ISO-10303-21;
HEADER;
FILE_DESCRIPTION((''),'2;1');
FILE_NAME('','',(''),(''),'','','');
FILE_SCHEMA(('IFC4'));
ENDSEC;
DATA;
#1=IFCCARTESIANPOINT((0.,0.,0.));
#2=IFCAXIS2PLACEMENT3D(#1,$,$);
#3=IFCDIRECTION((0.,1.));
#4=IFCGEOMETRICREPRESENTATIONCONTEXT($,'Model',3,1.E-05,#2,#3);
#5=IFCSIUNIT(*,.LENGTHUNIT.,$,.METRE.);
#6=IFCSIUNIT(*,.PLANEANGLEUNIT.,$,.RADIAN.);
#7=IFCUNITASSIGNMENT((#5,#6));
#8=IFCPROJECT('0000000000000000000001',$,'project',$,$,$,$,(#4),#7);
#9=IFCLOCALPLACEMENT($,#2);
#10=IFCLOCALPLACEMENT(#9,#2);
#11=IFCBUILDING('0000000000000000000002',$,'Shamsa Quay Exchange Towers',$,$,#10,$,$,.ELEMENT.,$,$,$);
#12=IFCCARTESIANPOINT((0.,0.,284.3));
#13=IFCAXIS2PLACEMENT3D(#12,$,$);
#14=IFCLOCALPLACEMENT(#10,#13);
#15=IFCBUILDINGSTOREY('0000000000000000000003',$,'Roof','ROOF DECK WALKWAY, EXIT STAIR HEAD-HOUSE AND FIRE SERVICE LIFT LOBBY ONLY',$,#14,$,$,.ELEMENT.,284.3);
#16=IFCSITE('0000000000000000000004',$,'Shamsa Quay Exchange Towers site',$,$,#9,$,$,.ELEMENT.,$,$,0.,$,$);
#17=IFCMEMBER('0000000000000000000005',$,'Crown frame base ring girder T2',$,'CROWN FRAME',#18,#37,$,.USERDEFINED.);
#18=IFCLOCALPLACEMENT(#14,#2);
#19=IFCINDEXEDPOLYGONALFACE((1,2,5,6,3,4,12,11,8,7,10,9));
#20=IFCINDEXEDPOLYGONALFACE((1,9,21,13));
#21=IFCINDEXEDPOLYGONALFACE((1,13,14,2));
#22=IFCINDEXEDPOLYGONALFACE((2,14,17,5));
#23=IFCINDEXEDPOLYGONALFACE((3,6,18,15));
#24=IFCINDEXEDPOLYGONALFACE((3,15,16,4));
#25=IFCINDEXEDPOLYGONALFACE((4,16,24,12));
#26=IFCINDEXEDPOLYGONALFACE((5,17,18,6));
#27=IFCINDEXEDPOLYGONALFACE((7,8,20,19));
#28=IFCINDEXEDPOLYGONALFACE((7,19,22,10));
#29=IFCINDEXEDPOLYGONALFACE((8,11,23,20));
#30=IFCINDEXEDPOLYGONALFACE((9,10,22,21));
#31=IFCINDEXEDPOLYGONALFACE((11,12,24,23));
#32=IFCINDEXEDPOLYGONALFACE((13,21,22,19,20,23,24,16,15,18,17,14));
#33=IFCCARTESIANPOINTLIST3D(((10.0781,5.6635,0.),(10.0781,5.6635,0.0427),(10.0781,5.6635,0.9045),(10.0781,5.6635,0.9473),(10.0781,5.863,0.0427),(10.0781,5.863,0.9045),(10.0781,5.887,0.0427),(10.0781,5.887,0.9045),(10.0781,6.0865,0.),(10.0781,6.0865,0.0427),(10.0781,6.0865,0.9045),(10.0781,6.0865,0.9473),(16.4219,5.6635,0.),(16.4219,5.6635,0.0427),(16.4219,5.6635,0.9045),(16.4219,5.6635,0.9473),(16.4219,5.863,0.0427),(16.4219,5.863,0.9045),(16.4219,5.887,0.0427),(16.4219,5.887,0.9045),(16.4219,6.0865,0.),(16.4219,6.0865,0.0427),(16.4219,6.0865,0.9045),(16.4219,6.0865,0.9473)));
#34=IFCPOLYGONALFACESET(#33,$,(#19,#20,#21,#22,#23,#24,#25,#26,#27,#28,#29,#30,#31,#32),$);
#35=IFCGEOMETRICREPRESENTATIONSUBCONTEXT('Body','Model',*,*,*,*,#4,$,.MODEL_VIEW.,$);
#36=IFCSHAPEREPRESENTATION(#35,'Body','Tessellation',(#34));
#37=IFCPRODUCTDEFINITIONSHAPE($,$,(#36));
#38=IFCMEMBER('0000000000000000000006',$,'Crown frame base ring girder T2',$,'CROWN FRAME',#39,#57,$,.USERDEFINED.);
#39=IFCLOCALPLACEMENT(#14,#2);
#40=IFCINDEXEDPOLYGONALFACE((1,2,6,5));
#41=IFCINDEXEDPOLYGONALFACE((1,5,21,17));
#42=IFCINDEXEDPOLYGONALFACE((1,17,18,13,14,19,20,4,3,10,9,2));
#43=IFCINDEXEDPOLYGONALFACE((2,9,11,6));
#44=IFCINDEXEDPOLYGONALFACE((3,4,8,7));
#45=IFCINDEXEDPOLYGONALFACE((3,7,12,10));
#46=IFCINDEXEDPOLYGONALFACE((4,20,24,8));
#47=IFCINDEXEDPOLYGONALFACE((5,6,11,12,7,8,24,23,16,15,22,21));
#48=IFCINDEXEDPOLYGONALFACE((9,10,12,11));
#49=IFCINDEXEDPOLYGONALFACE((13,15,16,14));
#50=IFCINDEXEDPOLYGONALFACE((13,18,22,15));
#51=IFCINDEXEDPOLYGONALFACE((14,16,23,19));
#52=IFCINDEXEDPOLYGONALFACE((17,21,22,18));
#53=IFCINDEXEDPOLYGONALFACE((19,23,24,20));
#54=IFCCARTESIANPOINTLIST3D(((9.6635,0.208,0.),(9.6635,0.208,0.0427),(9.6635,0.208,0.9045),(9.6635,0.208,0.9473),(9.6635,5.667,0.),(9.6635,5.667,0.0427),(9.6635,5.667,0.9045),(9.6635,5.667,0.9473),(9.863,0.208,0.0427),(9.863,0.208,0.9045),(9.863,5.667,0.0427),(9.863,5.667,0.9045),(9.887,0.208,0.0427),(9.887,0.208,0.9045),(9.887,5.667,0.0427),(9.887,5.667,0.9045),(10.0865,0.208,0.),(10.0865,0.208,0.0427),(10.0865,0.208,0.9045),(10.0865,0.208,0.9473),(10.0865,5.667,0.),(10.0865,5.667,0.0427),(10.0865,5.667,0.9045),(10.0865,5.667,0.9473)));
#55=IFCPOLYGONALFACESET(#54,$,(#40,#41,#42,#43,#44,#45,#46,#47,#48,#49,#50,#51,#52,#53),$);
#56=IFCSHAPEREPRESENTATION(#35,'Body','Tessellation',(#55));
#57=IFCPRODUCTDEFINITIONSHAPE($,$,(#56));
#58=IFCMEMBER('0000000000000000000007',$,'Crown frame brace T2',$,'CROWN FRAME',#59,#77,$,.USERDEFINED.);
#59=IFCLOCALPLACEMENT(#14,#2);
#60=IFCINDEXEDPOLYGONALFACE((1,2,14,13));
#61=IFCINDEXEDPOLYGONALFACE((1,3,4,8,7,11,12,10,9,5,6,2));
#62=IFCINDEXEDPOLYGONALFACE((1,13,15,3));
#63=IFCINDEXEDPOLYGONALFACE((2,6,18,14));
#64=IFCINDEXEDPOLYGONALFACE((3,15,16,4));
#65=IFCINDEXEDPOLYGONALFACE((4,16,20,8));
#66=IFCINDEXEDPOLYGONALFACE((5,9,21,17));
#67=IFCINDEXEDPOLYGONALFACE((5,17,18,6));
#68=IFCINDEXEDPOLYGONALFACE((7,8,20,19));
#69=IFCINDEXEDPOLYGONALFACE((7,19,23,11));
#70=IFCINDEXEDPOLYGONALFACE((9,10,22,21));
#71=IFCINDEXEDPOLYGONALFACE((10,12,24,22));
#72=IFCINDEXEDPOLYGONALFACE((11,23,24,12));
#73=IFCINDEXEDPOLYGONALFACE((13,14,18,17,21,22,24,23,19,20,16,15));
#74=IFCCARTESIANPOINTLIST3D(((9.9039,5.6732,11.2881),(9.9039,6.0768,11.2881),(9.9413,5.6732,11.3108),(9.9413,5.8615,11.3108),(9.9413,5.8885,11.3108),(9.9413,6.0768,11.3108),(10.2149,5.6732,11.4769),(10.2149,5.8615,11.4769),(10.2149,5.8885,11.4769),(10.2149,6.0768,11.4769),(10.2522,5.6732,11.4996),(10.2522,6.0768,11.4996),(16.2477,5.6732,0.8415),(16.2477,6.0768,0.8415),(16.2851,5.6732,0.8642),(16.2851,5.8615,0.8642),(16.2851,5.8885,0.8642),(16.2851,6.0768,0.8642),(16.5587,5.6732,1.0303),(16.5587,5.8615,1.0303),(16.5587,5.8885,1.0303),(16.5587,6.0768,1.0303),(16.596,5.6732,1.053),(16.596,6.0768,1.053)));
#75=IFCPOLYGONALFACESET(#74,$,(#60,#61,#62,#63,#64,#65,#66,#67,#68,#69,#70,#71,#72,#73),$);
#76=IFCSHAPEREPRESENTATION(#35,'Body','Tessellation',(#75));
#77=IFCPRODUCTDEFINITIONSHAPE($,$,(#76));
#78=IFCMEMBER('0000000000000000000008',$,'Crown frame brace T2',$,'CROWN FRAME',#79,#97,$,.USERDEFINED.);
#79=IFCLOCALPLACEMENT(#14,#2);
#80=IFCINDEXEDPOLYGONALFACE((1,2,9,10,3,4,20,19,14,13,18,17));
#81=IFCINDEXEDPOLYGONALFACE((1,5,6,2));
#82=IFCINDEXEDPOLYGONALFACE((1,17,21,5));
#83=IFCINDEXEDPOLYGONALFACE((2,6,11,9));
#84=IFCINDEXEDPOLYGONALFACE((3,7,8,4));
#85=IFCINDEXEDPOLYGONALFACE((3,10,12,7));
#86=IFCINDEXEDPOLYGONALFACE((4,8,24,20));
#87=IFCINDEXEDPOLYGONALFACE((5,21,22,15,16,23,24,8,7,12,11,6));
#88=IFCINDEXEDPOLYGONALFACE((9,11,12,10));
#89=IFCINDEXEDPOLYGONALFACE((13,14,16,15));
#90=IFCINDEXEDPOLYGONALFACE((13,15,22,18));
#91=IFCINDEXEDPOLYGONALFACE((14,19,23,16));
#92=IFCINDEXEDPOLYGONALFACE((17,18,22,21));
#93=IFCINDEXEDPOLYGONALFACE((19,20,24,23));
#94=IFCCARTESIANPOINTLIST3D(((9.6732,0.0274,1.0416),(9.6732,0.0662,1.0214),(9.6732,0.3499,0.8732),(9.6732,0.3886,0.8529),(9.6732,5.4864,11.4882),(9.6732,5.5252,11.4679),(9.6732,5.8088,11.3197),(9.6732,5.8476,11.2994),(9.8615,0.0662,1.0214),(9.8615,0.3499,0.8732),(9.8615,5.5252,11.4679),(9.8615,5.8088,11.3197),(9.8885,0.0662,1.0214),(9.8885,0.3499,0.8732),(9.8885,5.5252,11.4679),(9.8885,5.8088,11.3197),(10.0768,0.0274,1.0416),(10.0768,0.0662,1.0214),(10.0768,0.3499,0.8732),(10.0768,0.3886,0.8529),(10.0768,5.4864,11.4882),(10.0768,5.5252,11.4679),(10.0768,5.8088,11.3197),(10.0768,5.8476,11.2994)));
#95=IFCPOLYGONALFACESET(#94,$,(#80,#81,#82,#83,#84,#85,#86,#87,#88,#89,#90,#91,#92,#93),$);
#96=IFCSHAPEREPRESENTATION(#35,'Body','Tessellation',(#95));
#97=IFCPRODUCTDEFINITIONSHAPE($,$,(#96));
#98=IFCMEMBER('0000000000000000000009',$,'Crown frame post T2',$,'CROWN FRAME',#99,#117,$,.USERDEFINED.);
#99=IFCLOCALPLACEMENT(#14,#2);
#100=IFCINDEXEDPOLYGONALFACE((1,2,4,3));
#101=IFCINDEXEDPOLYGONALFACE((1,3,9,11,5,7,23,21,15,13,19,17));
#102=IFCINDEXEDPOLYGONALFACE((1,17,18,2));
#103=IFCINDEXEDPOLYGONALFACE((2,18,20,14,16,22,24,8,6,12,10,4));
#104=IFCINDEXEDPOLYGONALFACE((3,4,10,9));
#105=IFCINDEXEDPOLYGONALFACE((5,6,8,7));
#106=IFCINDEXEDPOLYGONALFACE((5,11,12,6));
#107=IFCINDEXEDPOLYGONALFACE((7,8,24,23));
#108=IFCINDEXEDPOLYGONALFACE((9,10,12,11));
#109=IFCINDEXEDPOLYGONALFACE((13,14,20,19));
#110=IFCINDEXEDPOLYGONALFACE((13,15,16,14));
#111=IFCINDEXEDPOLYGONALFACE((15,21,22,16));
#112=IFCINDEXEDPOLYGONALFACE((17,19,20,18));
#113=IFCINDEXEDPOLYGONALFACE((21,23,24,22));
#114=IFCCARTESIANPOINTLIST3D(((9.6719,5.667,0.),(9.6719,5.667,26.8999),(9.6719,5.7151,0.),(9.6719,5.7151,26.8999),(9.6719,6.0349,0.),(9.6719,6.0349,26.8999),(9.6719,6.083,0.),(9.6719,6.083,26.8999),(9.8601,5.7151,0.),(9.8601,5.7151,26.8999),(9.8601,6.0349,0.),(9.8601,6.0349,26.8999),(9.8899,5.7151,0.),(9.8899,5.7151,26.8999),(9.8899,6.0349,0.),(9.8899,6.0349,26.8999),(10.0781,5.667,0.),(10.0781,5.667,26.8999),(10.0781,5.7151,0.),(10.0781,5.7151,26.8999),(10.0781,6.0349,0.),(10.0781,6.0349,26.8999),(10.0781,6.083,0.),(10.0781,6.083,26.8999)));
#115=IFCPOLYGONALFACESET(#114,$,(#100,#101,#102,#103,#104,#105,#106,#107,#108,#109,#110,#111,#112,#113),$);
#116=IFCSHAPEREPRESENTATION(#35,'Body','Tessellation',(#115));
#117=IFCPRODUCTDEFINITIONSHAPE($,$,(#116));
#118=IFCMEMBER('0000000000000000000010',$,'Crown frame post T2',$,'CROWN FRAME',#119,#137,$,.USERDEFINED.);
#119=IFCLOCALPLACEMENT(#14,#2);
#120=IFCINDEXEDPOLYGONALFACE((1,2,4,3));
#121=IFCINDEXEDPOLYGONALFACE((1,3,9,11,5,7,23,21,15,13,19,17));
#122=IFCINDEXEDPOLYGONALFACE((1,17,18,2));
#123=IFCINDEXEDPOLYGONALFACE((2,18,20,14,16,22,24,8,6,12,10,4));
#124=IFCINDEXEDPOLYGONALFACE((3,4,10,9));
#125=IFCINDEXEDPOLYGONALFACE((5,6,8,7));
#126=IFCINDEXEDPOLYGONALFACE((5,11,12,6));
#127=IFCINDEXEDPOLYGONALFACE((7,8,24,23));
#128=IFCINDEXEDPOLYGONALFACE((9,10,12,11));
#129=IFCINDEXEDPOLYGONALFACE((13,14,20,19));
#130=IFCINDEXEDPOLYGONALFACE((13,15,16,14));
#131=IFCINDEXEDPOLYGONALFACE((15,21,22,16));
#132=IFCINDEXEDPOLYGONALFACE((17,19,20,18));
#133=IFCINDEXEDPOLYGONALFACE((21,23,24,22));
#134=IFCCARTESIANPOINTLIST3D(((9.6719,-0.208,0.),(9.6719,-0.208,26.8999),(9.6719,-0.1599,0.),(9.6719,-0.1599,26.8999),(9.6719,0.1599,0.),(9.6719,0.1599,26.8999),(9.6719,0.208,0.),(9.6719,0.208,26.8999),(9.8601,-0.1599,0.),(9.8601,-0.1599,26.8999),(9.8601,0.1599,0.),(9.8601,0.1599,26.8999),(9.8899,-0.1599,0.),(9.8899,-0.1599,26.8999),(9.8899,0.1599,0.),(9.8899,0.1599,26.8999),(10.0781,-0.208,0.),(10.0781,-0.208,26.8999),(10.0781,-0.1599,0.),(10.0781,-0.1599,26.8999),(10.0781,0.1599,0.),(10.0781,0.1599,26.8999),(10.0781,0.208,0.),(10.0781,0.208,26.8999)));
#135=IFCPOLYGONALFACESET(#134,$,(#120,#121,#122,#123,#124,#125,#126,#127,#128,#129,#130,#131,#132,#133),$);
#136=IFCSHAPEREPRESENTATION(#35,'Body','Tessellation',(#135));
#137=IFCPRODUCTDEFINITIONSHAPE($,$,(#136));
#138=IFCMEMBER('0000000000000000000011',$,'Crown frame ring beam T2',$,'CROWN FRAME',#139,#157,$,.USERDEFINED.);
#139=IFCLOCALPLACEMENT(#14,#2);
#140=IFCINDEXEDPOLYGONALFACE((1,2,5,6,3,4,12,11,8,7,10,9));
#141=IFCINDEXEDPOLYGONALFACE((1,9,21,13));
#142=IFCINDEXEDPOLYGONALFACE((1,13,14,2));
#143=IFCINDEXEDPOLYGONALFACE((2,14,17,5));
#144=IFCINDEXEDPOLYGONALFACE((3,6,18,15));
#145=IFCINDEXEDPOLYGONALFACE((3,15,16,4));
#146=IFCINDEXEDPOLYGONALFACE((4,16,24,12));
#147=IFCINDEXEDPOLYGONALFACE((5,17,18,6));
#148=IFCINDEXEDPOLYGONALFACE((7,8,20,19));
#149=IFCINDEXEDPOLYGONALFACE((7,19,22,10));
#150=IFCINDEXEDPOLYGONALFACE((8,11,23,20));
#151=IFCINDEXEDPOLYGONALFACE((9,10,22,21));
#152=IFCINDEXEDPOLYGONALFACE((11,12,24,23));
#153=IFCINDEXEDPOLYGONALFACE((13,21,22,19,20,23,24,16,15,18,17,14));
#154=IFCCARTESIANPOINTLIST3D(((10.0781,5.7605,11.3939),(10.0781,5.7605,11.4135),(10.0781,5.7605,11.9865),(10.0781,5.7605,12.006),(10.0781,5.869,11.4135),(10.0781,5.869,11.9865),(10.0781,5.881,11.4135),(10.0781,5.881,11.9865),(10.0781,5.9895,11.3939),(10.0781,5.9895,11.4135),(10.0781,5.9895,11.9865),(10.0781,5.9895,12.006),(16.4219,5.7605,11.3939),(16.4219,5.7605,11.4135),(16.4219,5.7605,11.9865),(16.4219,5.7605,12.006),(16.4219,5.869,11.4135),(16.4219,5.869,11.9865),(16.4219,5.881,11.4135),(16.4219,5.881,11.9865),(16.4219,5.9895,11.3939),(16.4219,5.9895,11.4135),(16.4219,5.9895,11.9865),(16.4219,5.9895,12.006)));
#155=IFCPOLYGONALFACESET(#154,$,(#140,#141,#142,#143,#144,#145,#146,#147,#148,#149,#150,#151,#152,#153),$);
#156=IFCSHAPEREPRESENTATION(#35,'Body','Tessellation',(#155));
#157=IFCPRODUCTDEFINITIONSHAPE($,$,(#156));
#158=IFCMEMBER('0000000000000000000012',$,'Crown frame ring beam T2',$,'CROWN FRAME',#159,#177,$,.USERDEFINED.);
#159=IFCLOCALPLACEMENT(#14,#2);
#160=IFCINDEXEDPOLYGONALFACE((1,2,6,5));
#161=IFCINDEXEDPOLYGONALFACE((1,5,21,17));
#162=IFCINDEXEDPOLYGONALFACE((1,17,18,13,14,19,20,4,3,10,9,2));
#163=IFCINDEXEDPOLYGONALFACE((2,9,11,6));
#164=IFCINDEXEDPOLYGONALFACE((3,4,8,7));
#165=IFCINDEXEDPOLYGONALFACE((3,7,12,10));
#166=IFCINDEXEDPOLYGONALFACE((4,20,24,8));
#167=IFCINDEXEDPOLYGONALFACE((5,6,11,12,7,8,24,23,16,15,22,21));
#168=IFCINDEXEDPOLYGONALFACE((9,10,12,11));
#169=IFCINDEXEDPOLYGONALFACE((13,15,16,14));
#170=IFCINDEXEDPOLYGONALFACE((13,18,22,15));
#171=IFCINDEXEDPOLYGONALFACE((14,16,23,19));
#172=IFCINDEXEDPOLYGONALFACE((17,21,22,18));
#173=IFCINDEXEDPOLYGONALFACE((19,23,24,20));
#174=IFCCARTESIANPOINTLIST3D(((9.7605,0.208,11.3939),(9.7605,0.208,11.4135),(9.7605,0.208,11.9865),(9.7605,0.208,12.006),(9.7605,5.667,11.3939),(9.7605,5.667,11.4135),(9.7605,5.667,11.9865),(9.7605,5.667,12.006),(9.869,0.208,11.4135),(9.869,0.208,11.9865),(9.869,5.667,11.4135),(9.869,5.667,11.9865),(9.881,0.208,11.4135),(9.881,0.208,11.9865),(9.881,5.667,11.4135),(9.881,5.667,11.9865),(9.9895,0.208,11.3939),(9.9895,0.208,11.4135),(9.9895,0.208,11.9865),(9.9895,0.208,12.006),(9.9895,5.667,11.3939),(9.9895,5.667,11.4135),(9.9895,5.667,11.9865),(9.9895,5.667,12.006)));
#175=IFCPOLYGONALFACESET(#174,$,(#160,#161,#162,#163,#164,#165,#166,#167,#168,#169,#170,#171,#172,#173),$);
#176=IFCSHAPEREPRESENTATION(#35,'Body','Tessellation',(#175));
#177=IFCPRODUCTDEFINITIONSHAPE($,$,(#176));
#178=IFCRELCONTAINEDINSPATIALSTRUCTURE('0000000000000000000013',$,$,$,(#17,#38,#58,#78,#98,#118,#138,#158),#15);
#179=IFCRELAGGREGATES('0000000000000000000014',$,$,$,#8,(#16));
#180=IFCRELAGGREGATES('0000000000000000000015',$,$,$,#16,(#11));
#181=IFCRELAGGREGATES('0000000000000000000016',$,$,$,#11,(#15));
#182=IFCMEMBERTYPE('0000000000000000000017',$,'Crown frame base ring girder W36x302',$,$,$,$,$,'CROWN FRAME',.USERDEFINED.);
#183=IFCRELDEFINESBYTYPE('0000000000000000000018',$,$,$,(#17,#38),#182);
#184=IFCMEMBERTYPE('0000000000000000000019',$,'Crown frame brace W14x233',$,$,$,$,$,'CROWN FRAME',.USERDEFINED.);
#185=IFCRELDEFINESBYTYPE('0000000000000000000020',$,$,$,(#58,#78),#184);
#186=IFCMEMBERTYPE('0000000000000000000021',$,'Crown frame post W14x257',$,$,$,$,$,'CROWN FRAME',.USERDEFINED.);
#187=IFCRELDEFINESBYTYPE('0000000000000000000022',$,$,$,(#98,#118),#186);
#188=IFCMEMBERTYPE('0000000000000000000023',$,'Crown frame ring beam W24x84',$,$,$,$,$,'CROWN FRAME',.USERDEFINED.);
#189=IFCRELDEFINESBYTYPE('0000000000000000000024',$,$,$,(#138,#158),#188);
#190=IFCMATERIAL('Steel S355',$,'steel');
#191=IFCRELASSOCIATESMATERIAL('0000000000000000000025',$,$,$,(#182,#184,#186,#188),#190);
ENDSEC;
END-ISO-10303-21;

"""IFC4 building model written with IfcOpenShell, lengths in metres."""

from ifc_helpers import new_model, si_unit, direction, frame, origin, origin_2d, place, context, subcontext, project, spatial, i_section, extrude, material, material_profile, profile_set, type_object, element, save


model = new_model("IFC4")

# Units and contexts
model_context = context("Model", 3, precision=1e-05, world=origin(), true_north=direction((0.0, 1.0)))
body_context = subcontext(model_context, "Body", "Model", "MODEL_VIEW")
ifc_project = project(units=[si_unit("LENGTHUNIT", "METRE"), si_unit("PLANEANGLEUNIT", "RADIAN")], contexts=[model_context])

# Site, building, storey
site_placement = place(None, origin())
site = spatial("IfcSite", under=ifc_project, at=site_placement, Name="Shamsa Quay Exchange Towers site", CompositionType="ELEMENT", RefElevation=0.0)
building_placement = place(site_placement, origin())
building = spatial("IfcBuilding", under=site, at=building_placement, Name="Shamsa Quay Exchange Towers", CompositionType="ELEMENT")
storey_placement = place(building_placement, frame((0.0, 0.0, 284.3)))
storey = spatial("IfcBuildingStorey", under=building, at=storey_placement, Name="Roof", Description="ROOF DECK WALKWAY, EXIT STAIR HEAD-HOUSE AND FIRE SERVICE LIFT LOBBY ONLY", CompositionType="ELEMENT", Elevation=284.3)

# Members
ifc_material_1 = material(Name="Steel S355", Category="steel")
ifc_material_profile_1 = material_profile(ifc_material_1, i_section(OverallWidth=0.4231, OverallDepth=0.9473, WebThickness=0.0239, FlangeThickness=0.0427, at=origin_2d()), Name="W36x302")
ifc_profile_set_1 = profile_set([ifc_material_profile_1], Name="Steel S355")
member_type_1 = type_object("IfcMemberType", Name="Crown frame base ring girder W36x302", ElementType="CROWN FRAME", PredefinedType="USERDEFINED", material=ifc_profile_set_1)
member_1_placement = place(storey_placement, frame((16.4219, 5.875, 0.4736), z_axis=(-1.0, 0.0, 0.0), x_axis=(0.0, -1.0, 0.0)))
element("IfcMember", 1, at=member_1_placement, inside=storey, type_object=member_type_1, Name="Crown frame base ring girder T2", ObjectType="CROWN FRAME", PredefinedType="USERDEFINED", context=body_context, shape_type="SweptSolid", body=[
    extrude(i_section(OverallWidth=0.4231, OverallDepth=0.9473, WebThickness=0.0239, FlangeThickness=0.0427, at=origin_2d()), origin(), (0.0, 0.0, 1.0), 6.3438),
])
member_2_placement = place(storey_placement, frame((9.875, 5.667, 0.4736), z_axis=(0.0, -1.0, 0.0), x_axis=(1.0, 0.0, 0.0)))
element("IfcMember", 2, at=member_2_placement, inside=storey, type_object=member_type_1, Name="Crown frame base ring girder T2", ObjectType="CROWN FRAME", PredefinedType="USERDEFINED", context=body_context, shape_type="SweptSolid", body=[
    extrude(i_section(OverallWidth=0.4231, OverallDepth=0.9473, WebThickness=0.0239, FlangeThickness=0.0427, at=origin_2d()), origin(), (0.0, 0.0, 1.0), 5.459),
])
ifc_material_profile_2 = material_profile(ifc_material_1, i_section(OverallWidth=0.4036, OverallDepth=0.4075, WebThickness=0.0271, FlangeThickness=0.0437, at=origin_2d()), Name="W14x233")
ifc_profile_set_2 = profile_set([ifc_material_profile_2], Name="Steel S355")
member_type_2 = type_object("IfcMemberType", Name="Crown frame brace W14x233", ElementType="CROWN FRAME", PredefinedType="USERDEFINED", material=ifc_profile_set_2)
member_3_placement = place(storey_placement, frame((16.4219, 5.875, 0.9473), z_axis=(-0.519051, 0.0, 0.854744), x_axis=(0.0, -1.0, 0.0)))
element("IfcMember", 3, at=member_3_placement, inside=storey, type_object=member_type_2, Name="Crown frame brace T2", ObjectType="CROWN FRAME", PredefinedType="USERDEFINED", context=body_context, shape_type="SweptSolid", body=[
    extrude(i_section(OverallWidth=0.4036, OverallDepth=0.4075, WebThickness=0.0271, FlangeThickness=0.0437, at=origin_2d()), origin(), (0.0, 0.0, 1.0), 12.2219),
])
member_4_placement = place(storey_placement, frame((9.875, 5.667, 11.3938), z_axis=(0.0, -0.463141, -0.886285), x_axis=(1.0, 0.0, 0.0)))
element("IfcMember", 4, at=member_4_placement, inside=storey, type_object=member_type_2, Name="Crown frame brace T2", ObjectType="CROWN FRAME", PredefinedType="USERDEFINED", context=body_context, shape_type="SweptSolid", body=[
    extrude(i_section(OverallWidth=0.4036, OverallDepth=0.4075, WebThickness=0.0271, FlangeThickness=0.0437, at=origin_2d()), origin(), (0.0, 0.0, 1.0), 11.7869),
])
ifc_material_profile_3 = material_profile(ifc_material_1, i_section(OverallWidth=0.4062, OverallDepth=0.416, WebThickness=0.0298, FlangeThickness=0.0481, at=origin_2d()), Name="W14x257")
ifc_profile_set_3 = profile_set([ifc_material_profile_3], Name="Steel S355")
member_type_3 = type_object("IfcMemberType", Name="Crown frame post W14x257", ElementType="CROWN FRAME", PredefinedType="USERDEFINED", material=ifc_profile_set_3)
for number, where, name in (
    (5, (9.875, 5.875, 0.0), "Crown frame post T2"),
    (6, (9.875, 0.0, 0.0), "Crown frame post T2"),
):
    element("IfcMember", number, at=place(storey_placement, frame(where)), inside=storey, type_object=member_type_3, Name=name, ObjectType="CROWN FRAME", PredefinedType="USERDEFINED", context=body_context, shape_type="SweptSolid", body=[
        extrude(i_section(OverallWidth=0.4062, OverallDepth=0.416, WebThickness=0.0298, FlangeThickness=0.0481, at=origin_2d()), origin(), (0.0, 0.0, 1.0), 26.8999),
    ])
ifc_material_profile_4 = material_profile(ifc_material_1, i_section(OverallWidth=0.229, OverallDepth=0.6121, WebThickness=0.012, FlangeThickness=0.0195, at=origin_2d()), Name="W24x84")
ifc_profile_set_4 = profile_set([ifc_material_profile_4], Name="Steel S355")
member_type_4 = type_object("IfcMemberType", Name="Crown frame ring beam W24x84", ElementType="CROWN FRAME", PredefinedType="USERDEFINED", material=ifc_profile_set_4)
member_5_placement = place(storey_placement, frame((16.4219, 5.875, 11.7), z_axis=(-1.0, 0.0, 0.0), x_axis=(0.0, -1.0, 0.0)))
element("IfcMember", 7, at=member_5_placement, inside=storey, type_object=member_type_4, Name="Crown frame ring beam T2", ObjectType="CROWN FRAME", PredefinedType="USERDEFINED", context=body_context, shape_type="SweptSolid", body=[
    extrude(i_section(OverallWidth=0.229, OverallDepth=0.6121, WebThickness=0.012, FlangeThickness=0.0195, at=origin_2d()), origin(), (0.0, 0.0, 1.0), 6.3438),
])
member_6_placement = place(storey_placement, frame((9.875, 5.667, 11.7), z_axis=(0.0, -1.0, 0.0), x_axis=(1.0, 0.0, 0.0)))
element("IfcMember", 8, at=member_6_placement, inside=storey, type_object=member_type_4, Name="Crown frame ring beam T2", ObjectType="CROWN FRAME", PredefinedType="USERDEFINED", context=body_context, shape_type="SweptSolid", body=[
    extrude(i_section(OverallWidth=0.229, OverallDepth=0.6121, WebThickness=0.012, FlangeThickness=0.0195, at=origin_2d()), origin(), (0.0, 0.0, 1.0), 5.459),
])

save(model, "model.ifc")
